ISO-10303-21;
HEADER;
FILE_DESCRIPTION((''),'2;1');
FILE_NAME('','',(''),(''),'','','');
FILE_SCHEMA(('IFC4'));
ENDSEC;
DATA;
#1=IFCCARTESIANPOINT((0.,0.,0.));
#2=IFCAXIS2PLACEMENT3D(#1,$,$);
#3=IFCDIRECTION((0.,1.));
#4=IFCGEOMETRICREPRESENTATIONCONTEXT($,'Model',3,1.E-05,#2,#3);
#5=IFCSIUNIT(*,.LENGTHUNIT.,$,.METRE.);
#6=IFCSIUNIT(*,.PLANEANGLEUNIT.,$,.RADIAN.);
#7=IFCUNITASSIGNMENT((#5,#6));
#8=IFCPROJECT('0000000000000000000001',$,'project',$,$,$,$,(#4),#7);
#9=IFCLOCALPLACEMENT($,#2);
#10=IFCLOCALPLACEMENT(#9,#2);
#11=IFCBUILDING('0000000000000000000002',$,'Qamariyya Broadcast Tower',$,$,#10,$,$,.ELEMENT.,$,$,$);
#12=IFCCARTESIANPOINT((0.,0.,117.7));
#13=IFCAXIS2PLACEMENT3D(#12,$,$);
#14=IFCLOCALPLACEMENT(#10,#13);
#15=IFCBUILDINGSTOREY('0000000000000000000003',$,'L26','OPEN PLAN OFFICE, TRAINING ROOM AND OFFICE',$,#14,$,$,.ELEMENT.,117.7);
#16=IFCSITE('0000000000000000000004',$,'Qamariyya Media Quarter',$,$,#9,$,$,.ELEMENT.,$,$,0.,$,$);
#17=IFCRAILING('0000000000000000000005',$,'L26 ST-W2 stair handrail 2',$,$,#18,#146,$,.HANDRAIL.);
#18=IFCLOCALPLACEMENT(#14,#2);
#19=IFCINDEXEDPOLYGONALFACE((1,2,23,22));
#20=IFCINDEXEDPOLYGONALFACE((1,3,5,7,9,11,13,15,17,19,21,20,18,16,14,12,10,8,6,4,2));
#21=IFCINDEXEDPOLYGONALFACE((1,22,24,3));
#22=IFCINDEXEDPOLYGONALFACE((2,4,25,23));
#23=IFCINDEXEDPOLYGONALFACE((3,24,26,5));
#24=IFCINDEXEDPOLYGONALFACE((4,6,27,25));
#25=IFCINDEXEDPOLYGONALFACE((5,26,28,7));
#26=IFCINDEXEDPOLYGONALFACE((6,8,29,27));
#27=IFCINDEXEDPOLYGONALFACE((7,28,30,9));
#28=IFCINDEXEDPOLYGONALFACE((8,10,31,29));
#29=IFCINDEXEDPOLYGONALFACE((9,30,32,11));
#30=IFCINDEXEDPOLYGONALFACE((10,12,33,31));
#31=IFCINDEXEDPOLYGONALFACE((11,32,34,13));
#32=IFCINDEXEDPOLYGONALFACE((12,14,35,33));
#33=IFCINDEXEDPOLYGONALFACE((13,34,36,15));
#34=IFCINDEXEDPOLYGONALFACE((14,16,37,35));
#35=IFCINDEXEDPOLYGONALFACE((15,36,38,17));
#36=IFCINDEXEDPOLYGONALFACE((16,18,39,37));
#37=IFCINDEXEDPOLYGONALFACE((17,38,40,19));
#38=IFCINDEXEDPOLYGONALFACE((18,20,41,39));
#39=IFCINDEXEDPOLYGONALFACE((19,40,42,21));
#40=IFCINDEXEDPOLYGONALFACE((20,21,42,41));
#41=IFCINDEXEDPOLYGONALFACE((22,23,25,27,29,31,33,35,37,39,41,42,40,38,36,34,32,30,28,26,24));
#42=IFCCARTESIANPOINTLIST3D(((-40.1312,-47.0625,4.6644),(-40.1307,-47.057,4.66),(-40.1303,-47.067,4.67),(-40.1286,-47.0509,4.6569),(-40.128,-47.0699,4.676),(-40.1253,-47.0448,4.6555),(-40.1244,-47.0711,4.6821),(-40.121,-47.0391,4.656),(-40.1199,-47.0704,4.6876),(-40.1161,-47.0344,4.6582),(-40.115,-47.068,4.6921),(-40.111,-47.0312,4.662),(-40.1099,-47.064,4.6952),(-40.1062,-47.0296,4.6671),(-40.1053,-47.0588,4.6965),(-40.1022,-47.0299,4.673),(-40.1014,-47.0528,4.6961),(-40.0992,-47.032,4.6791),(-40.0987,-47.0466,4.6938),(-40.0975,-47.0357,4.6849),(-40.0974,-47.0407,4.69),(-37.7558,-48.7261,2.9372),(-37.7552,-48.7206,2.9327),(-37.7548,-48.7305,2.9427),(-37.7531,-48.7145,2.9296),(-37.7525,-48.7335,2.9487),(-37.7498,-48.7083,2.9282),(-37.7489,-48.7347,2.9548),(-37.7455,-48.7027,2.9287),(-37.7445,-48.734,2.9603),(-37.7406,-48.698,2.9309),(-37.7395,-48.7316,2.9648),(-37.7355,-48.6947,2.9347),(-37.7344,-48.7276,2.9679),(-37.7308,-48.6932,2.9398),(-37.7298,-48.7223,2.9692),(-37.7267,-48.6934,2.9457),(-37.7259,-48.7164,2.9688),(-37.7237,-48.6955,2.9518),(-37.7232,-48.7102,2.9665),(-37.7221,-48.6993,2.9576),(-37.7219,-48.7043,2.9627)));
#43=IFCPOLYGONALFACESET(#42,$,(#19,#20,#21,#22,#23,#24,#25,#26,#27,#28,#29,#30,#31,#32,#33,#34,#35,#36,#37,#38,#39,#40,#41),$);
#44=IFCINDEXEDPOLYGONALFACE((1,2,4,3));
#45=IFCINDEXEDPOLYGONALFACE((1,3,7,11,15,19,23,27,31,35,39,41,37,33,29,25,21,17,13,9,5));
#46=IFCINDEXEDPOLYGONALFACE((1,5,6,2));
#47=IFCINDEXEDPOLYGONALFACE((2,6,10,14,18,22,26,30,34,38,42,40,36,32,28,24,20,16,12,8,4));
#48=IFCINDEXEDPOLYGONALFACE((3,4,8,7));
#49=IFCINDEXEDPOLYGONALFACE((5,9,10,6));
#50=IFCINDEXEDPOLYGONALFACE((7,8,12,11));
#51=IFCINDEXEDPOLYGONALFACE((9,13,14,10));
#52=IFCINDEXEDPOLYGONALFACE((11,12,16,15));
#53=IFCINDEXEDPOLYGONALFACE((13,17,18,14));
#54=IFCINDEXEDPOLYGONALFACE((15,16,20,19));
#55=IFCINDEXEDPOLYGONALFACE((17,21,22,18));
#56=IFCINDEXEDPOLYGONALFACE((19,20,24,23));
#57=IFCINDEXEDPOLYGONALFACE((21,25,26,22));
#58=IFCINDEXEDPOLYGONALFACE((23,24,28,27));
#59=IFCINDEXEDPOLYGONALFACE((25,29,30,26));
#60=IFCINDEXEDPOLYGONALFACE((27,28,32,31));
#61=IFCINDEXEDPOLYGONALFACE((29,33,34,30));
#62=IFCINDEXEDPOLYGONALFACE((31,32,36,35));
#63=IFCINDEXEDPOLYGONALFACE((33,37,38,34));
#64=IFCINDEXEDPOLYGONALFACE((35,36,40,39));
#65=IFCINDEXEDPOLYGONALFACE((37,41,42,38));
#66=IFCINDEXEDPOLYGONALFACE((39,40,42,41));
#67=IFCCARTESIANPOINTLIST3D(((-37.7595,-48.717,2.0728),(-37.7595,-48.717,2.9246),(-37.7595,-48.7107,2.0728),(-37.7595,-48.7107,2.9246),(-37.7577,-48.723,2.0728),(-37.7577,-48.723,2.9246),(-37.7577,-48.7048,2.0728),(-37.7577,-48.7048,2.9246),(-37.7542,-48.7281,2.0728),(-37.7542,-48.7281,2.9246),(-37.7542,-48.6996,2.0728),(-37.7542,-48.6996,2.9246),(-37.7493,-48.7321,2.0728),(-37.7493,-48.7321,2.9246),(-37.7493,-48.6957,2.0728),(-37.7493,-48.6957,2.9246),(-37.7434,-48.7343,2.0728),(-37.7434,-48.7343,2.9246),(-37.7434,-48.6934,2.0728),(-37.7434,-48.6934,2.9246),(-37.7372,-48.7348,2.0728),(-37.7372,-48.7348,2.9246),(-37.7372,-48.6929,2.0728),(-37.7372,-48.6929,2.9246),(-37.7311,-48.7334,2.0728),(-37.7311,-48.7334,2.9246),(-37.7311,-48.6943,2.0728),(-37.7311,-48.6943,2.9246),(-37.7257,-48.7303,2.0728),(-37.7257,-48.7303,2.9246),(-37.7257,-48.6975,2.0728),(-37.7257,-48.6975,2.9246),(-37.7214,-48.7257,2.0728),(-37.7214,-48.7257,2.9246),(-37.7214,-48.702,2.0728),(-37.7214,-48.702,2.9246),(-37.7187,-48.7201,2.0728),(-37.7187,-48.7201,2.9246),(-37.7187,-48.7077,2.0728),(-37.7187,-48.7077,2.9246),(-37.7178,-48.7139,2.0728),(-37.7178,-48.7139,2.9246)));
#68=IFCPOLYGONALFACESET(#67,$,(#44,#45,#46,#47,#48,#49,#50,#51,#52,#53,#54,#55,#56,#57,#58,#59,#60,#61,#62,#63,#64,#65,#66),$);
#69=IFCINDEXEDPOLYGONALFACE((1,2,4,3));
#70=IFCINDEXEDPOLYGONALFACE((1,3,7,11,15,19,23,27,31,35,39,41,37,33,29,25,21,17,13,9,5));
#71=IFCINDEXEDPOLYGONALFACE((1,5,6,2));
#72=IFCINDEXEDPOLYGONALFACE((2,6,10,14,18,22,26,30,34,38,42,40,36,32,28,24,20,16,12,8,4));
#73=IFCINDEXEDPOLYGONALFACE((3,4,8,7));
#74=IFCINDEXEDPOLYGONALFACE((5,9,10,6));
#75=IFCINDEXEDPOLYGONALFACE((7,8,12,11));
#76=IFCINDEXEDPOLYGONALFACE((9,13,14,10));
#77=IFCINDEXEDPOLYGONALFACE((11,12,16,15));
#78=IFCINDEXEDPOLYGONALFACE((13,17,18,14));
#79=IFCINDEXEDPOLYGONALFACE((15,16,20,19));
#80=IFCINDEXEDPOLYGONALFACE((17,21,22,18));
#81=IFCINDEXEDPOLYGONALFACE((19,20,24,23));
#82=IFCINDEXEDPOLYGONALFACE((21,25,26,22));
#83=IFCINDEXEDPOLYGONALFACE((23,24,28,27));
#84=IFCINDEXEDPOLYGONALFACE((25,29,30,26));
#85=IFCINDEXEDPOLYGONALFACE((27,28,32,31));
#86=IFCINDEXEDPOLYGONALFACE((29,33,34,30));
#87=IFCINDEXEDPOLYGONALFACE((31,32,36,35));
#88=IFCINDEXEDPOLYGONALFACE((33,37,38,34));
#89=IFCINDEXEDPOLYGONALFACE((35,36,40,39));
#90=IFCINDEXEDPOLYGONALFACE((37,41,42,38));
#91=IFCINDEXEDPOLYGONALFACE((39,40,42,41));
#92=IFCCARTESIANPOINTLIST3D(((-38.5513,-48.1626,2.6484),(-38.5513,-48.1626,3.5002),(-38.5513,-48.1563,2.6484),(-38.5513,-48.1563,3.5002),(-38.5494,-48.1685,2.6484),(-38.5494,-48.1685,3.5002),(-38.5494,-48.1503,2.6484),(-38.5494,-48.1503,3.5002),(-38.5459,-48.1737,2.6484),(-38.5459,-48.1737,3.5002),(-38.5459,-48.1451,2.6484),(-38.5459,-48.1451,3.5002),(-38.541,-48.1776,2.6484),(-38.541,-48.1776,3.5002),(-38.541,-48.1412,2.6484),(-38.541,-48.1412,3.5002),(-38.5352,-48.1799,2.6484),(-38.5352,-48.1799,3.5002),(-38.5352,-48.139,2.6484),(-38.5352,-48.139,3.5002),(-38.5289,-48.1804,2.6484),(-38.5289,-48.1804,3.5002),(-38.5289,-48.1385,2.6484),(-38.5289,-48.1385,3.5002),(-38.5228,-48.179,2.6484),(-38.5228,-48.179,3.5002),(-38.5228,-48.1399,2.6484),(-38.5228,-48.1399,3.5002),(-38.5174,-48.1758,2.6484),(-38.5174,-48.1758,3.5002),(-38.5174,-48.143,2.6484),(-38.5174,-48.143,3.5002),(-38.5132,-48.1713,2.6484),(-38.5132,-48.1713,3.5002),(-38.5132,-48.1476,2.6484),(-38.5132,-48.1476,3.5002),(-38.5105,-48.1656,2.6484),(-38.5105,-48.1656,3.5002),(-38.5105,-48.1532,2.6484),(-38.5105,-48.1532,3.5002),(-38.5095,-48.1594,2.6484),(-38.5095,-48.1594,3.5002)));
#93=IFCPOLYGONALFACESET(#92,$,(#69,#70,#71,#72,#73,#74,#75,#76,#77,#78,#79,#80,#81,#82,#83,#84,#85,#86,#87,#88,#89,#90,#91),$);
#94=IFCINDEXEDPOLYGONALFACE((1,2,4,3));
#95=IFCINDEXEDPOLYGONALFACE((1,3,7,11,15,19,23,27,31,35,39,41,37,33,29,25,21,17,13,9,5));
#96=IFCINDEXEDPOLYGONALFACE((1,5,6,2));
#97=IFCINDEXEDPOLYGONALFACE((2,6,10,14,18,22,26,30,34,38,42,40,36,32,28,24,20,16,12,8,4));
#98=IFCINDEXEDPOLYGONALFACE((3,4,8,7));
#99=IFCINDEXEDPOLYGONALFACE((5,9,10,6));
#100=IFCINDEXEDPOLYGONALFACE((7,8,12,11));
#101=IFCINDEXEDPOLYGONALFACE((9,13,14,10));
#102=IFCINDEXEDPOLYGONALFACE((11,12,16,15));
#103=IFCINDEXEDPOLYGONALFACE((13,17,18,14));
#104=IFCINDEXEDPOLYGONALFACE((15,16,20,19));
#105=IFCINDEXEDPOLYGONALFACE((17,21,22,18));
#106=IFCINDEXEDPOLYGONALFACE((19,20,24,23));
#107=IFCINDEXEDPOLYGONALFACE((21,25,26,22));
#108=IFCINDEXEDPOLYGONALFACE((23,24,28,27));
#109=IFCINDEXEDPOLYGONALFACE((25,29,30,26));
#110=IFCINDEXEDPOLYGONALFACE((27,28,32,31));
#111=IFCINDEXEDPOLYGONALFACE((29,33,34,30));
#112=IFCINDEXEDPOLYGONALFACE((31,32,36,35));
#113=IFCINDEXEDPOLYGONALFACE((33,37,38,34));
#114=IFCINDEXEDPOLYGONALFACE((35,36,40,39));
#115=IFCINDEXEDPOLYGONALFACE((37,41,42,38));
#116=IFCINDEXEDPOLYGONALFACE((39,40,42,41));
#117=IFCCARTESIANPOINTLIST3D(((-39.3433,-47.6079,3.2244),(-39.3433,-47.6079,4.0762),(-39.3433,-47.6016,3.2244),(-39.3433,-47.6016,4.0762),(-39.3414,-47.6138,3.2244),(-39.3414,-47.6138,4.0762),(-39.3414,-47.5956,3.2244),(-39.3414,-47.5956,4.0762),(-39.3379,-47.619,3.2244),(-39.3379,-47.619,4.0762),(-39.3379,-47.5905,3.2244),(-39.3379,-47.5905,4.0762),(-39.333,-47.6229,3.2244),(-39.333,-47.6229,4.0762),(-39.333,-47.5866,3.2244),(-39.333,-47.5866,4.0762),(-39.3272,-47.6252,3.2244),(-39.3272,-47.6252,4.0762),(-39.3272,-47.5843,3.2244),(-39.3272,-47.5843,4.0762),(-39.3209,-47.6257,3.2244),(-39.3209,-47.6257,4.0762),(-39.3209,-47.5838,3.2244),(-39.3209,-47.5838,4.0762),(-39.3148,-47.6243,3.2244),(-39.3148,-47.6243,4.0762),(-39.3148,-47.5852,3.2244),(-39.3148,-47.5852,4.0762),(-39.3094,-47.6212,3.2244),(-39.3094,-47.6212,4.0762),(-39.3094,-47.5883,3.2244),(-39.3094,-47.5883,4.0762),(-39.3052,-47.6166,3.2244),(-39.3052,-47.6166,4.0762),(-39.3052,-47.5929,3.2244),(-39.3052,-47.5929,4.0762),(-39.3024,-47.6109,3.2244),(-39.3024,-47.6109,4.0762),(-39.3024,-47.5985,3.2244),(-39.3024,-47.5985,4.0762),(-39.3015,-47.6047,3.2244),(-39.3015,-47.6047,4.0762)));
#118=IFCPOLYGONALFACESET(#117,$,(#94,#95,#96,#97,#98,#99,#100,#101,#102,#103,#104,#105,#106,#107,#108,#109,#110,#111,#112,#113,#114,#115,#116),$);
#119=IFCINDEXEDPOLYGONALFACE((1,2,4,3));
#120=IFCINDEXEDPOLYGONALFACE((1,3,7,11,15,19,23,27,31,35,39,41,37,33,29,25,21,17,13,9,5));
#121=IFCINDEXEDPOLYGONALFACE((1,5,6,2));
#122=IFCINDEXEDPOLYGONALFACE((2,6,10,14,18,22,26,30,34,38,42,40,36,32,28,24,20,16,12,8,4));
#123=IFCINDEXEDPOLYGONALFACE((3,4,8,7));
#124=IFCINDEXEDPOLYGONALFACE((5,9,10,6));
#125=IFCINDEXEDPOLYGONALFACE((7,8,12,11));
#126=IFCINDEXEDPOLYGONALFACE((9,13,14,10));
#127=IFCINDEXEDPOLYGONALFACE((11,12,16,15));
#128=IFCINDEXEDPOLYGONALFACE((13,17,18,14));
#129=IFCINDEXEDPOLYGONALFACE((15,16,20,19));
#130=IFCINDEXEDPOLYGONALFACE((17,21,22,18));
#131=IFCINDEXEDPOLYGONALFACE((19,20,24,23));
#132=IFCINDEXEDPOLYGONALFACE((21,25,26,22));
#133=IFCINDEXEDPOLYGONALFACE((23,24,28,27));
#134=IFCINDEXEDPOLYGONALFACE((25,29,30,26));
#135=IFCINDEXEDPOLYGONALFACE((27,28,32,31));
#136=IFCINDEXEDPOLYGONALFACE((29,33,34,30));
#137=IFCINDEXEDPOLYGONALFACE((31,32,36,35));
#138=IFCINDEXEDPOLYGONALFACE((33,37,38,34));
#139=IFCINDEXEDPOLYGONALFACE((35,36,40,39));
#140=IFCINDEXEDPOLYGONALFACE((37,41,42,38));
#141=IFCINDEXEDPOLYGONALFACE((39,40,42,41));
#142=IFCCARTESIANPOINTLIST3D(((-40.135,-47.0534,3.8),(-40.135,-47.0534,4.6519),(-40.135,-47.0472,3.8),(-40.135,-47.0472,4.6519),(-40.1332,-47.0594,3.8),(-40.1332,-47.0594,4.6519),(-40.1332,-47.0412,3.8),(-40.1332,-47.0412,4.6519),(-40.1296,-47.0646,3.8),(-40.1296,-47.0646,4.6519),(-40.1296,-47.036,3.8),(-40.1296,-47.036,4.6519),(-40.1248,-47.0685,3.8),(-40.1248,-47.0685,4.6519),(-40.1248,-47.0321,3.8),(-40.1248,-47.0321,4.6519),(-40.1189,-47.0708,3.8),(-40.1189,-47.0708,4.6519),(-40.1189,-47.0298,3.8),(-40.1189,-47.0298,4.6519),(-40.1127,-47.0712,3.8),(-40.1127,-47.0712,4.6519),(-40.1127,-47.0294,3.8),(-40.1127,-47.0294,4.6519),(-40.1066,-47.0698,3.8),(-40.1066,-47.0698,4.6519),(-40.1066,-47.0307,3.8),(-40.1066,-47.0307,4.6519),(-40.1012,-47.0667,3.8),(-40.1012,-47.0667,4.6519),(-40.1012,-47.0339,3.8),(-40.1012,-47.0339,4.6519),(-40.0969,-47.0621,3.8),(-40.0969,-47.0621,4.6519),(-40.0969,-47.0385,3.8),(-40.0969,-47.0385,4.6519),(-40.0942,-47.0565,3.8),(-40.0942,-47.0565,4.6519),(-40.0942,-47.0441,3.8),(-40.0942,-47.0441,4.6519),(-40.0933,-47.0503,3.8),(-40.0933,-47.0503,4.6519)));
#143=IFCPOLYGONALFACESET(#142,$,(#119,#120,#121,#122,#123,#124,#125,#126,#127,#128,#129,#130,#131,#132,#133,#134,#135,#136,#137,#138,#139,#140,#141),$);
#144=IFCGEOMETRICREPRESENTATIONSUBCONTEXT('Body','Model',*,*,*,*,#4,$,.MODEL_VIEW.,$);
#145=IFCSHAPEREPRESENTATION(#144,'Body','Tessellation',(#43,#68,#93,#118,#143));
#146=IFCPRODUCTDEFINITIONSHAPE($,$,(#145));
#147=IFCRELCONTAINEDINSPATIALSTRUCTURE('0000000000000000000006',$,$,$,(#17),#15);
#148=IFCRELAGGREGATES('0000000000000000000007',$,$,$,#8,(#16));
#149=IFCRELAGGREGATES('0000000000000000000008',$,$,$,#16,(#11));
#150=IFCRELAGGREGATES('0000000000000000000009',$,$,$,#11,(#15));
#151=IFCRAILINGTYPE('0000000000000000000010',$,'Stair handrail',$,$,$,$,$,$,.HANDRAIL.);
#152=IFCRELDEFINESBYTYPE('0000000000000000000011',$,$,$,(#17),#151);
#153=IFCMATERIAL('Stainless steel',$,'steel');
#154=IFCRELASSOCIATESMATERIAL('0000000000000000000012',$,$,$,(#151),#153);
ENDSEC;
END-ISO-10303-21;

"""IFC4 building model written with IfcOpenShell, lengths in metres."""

from ifc_helpers import new_model, si_unit, direction, frame, origin, origin_2d, place, context, subcontext, project, spatial, circle, extrude, material, type_object, element, save


model = new_model("IFC4")

# Units and contexts
model_context = context("Model", 3, precision=1e-05, world=origin(), true_north=direction((0.0, 1.0)))
body_context = subcontext(model_context, "Body", "Model", "MODEL_VIEW")
ifc_project = project(units=[si_unit("LENGTHUNIT", "METRE"), si_unit("PLANEANGLEUNIT", "RADIAN")], contexts=[model_context])

# Site, building, storey
site_placement = place(None, origin())
site = spatial("IfcSite", under=ifc_project, at=site_placement, Name="Qamariyya Media Quarter", CompositionType="ELEMENT", RefElevation=0.0)
building_placement = place(site_placement, origin())
building = spatial("IfcBuilding", under=site, at=building_placement, Name="Qamariyya Broadcast Tower", CompositionType="ELEMENT")
storey_placement = place(building_placement, frame((0.0, 0.0, 117.7)))
storey = spatial("IfcBuildingStorey", under=building, at=storey_placement, Name="L26", Description="OPEN PLAN OFFICE, TRAINING ROOM AND OFFICE", CompositionType="ELEMENT", Elevation=117.7)

# Railing
ifc_material_1 = material(Name="Stainless steel", Category="steel")
railing_type_1 = type_object("IfcRailingType", Name="Stair handrail", PredefinedType="HANDRAIL", material=ifc_material_1)
railing_1_placement = place(storey_placement, frame((-37.7388, -48.7139, 2.0728)))
element("IfcRailing", 1, at=railing_1_placement, inside=storey, type_object=railing_type_1, Name="L26 ST-W2 stair handrail 2", PredefinedType="HANDRAIL", context=body_context, shape_type="SweptSolid", body=[
    extrude(circle(Radius=0.0239, at=origin_2d()), frame((0.0, 0.0, 0.876), z_axis=(-0.703745, 0.492838, 0.511716), x_axis=(-0.573632, -0.819113, 0.0)), (0.0, 0.0, 1.0), 3.3755),
    extrude(circle(Radius=0.021, at=origin_2d()), origin(), (0.0, 0.0, 1.0), 0.8518),
    extrude(circle(Radius=0.021, at=origin_2d()), frame((-0.7917, 0.5544, 0.5757)), (0.0, 0.0, 1.0), 0.8518),
    extrude(circle(Radius=0.021, at=origin_2d()), frame((-1.5837, 1.1091, 1.1516)), (0.0, 0.0, 1.0), 0.8518),
    extrude(circle(Radius=0.021, at=origin_2d()), frame((-2.3755, 1.6636, 1.7273)), (0.0, 0.0, 1.0), 0.8518),
])

save(model, "model.ifc")
